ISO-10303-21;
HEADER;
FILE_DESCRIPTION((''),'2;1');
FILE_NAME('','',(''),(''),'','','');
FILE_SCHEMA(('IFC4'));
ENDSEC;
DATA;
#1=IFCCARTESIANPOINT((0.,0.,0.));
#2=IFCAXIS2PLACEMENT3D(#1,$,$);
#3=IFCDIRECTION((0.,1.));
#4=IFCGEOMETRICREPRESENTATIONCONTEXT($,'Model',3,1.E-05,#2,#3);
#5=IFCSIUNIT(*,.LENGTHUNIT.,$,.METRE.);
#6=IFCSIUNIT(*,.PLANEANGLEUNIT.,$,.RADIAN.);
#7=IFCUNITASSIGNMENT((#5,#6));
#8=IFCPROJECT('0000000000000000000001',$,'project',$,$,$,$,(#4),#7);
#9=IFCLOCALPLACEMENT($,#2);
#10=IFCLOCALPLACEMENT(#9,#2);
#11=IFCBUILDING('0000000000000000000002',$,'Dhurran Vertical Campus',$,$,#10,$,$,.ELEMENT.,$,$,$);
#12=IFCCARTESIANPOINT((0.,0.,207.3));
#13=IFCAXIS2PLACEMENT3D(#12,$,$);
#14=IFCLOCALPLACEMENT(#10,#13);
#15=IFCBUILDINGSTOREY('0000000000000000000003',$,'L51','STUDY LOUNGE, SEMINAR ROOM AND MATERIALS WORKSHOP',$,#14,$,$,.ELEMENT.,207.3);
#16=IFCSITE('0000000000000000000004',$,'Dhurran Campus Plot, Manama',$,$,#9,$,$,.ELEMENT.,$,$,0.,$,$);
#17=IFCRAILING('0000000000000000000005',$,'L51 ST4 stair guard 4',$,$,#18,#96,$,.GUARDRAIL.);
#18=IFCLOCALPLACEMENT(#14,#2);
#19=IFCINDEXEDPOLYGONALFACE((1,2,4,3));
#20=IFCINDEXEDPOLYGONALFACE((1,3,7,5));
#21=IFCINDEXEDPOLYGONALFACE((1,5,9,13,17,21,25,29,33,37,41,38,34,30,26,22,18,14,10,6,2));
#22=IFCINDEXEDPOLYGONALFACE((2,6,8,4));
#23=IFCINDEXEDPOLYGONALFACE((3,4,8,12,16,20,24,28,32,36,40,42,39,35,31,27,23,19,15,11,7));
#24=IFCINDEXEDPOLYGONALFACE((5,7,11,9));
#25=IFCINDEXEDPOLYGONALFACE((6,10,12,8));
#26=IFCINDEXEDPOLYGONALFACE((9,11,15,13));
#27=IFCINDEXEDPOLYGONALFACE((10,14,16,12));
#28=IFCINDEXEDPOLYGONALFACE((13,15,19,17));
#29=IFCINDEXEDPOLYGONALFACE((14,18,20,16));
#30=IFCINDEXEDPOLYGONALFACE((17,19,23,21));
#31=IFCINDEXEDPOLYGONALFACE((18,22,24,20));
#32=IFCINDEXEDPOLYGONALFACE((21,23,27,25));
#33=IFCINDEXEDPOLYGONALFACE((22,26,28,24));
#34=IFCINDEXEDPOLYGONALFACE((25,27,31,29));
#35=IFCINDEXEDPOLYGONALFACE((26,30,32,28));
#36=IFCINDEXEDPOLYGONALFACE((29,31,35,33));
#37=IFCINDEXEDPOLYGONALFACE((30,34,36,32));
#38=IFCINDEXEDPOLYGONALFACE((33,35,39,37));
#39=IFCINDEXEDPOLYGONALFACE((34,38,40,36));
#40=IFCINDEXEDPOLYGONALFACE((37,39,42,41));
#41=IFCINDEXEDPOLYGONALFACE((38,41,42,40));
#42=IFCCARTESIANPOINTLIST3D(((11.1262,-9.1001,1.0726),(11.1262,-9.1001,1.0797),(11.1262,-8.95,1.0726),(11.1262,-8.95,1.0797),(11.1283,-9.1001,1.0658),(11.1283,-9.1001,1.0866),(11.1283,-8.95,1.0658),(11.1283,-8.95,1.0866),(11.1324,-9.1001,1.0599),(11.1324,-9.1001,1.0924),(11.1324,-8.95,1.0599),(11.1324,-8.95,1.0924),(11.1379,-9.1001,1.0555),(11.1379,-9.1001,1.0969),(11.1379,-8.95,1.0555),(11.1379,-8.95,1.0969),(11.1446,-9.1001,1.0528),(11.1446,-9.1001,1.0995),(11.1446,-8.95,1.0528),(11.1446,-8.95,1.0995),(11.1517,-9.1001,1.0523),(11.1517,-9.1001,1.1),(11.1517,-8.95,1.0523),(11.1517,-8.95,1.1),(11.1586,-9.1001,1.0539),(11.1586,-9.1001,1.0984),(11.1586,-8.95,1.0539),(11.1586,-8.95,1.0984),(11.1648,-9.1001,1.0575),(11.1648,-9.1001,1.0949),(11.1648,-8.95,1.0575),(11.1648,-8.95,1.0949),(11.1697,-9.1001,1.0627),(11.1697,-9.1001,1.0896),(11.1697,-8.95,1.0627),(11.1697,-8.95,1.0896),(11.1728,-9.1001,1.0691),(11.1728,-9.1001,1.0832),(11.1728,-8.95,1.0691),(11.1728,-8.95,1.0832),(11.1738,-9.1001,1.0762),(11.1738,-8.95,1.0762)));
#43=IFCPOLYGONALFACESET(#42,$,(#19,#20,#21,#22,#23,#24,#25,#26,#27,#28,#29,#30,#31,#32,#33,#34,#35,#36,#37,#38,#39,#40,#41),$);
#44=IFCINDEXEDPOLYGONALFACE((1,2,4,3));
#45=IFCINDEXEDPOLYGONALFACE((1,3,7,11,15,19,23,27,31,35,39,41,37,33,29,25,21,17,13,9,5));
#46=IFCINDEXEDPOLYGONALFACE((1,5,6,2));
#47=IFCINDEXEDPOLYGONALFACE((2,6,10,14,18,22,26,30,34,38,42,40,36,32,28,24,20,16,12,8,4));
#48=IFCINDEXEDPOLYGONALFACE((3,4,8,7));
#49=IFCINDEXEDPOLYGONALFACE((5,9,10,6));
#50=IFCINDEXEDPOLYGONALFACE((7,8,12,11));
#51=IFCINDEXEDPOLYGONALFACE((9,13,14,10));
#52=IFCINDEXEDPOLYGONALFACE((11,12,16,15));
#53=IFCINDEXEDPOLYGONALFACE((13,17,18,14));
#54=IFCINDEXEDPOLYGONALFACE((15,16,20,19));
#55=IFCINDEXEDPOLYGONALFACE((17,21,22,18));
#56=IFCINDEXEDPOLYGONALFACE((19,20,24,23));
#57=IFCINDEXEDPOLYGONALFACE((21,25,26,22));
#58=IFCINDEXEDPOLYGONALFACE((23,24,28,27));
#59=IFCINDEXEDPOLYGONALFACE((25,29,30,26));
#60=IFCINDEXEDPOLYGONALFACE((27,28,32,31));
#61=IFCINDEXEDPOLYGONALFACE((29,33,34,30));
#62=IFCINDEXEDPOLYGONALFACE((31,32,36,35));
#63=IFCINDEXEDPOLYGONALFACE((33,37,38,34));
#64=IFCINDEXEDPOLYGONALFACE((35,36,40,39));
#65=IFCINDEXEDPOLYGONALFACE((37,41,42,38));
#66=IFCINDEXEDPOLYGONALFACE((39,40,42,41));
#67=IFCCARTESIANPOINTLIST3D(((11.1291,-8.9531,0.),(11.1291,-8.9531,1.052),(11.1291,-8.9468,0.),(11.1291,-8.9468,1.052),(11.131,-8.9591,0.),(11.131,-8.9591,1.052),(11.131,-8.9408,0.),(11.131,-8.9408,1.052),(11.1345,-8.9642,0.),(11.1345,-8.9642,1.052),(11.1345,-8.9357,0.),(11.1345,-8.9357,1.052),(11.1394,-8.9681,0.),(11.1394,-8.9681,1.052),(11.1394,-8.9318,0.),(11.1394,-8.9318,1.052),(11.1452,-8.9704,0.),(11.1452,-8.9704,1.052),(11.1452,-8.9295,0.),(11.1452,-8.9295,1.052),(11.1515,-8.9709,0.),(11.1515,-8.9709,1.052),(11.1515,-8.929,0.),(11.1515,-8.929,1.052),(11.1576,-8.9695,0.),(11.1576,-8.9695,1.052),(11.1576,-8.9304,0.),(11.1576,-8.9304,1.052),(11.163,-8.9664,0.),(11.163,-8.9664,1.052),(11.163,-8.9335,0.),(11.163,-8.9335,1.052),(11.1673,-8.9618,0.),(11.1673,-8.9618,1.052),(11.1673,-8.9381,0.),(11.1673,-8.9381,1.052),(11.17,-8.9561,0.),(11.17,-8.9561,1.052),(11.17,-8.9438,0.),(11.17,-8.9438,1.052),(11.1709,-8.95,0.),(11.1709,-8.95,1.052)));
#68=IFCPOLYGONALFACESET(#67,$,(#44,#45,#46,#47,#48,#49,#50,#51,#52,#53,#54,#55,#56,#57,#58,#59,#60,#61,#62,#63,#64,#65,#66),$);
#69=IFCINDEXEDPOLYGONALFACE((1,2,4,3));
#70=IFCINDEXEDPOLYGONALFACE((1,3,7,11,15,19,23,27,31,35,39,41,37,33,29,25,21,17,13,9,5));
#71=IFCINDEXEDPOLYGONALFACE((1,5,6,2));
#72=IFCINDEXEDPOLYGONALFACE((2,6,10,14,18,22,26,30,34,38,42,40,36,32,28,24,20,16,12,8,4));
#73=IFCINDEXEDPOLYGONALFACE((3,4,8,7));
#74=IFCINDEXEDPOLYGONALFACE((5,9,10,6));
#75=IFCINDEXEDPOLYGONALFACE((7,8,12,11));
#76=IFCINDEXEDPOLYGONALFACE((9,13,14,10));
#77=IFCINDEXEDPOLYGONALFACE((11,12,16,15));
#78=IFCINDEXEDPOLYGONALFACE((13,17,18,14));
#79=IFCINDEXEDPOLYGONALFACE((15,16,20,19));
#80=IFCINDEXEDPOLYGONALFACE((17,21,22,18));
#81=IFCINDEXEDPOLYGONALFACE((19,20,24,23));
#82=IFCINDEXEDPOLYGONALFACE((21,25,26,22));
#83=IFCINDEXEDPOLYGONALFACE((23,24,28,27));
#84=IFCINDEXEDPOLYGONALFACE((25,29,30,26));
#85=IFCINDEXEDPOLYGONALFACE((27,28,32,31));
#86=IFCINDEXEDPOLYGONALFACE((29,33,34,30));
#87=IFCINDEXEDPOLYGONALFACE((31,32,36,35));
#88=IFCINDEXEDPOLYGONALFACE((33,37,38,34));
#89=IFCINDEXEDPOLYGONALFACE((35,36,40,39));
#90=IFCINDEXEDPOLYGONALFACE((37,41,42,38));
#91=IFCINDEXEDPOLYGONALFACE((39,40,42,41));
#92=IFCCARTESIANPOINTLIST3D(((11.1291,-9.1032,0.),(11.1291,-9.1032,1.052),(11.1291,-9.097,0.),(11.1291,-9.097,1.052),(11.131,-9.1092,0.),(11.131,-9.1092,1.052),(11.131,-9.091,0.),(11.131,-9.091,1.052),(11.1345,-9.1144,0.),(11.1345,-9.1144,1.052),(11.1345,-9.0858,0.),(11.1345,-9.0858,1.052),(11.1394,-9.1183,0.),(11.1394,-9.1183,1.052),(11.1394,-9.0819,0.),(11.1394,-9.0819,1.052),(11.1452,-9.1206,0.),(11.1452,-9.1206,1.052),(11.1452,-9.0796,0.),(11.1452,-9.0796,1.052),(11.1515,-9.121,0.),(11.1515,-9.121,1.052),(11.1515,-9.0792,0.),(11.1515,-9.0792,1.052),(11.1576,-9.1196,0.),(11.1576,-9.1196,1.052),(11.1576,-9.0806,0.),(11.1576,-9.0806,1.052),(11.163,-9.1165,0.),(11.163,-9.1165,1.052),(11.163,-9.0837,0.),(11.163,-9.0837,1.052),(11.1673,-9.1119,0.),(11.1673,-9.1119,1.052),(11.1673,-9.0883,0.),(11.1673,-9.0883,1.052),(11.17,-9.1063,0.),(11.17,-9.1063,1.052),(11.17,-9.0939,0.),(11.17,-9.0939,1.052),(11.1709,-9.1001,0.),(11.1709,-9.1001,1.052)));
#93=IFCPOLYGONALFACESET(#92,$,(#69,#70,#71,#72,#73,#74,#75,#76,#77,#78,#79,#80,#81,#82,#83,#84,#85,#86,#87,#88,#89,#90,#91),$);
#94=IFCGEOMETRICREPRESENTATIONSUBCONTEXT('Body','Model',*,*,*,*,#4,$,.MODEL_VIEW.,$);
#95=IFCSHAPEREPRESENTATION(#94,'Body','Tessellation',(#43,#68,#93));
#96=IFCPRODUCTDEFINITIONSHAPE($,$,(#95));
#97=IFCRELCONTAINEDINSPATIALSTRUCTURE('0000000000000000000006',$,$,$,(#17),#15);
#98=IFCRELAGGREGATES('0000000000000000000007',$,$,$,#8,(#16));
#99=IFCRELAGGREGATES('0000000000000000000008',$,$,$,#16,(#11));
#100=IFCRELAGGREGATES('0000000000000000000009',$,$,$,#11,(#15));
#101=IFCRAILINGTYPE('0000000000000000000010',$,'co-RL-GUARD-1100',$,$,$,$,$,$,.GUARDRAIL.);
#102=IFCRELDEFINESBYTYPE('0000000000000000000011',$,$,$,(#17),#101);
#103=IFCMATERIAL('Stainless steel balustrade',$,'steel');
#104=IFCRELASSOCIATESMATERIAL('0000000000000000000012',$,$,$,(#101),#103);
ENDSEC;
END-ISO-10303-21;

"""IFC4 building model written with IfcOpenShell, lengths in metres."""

from ifc_helpers import new_model, si_unit, direction, frame, origin, origin_2d, place, context, subcontext, project, spatial, circle, extrude, material, type_object, element, save


model = new_model("IFC4")

# Units and contexts
model_context = context("Model", 3, precision=1e-05, world=origin(), true_north=direction((0.0, 1.0)))
body_context = subcontext(model_context, "Body", "Model", "MODEL_VIEW")
ifc_project = project(units=[si_unit("LENGTHUNIT", "METRE"), si_unit("PLANEANGLEUNIT", "RADIAN")], contexts=[model_context])

# Site, building, storey
site_placement = place(None, origin())
site = spatial("IfcSite", under=ifc_project, at=site_placement, Name="Dhurran Campus Plot, Manama", CompositionType="ELEMENT", RefElevation=0.0)
building_placement = place(site_placement, origin())
building = spatial("IfcBuilding", under=site, at=building_placement, Name="Dhurran Vertical Campus", CompositionType="ELEMENT")
storey_placement = place(building_placement, frame((0.0, 0.0, 207.3)))
storey = spatial("IfcBuildingStorey", under=building, at=storey_placement, Name="L51", Description="STUDY LOUNGE, SEMINAR ROOM AND MATERIALS WORKSHOP", CompositionType="ELEMENT", Elevation=207.3)

# Railing
ifc_material_1 = material(Name="Stainless steel balustrade", Category="steel")
railing_type_1 = type_object("IfcRailingType", Name="co-RL-GUARD-1100", PredefinedType="GUARDRAIL", material=ifc_material_1)
railing_1_placement = place(storey_placement, frame((11.1499, -8.95, 0.0)))
element("IfcRailing", 1, at=railing_1_placement, inside=storey, type_object=railing_type_1, Name="L51 ST4 stair guard 4", PredefinedType="GUARDRAIL", context=body_context, shape_type="SweptSolid", body=[
    extrude(circle(Radius=0.0239, at=origin_2d()), frame((0.0, 0.0, 1.0762), z_axis=(0.0, -1.0, 0.0), x_axis=(1.0, 0.0, 0.0)), (0.0, 0.0, 1.0), 0.1501),
    extrude(circle(Radius=0.021, at=origin_2d()), origin(), (0.0, 0.0, 1.0), 1.052),
    extrude(circle(Radius=0.021, at=origin_2d()), frame((0.0, -0.1501, 0.0)), (0.0, 0.0, 1.0), 1.052),
])

save(model, "model.ifc")
